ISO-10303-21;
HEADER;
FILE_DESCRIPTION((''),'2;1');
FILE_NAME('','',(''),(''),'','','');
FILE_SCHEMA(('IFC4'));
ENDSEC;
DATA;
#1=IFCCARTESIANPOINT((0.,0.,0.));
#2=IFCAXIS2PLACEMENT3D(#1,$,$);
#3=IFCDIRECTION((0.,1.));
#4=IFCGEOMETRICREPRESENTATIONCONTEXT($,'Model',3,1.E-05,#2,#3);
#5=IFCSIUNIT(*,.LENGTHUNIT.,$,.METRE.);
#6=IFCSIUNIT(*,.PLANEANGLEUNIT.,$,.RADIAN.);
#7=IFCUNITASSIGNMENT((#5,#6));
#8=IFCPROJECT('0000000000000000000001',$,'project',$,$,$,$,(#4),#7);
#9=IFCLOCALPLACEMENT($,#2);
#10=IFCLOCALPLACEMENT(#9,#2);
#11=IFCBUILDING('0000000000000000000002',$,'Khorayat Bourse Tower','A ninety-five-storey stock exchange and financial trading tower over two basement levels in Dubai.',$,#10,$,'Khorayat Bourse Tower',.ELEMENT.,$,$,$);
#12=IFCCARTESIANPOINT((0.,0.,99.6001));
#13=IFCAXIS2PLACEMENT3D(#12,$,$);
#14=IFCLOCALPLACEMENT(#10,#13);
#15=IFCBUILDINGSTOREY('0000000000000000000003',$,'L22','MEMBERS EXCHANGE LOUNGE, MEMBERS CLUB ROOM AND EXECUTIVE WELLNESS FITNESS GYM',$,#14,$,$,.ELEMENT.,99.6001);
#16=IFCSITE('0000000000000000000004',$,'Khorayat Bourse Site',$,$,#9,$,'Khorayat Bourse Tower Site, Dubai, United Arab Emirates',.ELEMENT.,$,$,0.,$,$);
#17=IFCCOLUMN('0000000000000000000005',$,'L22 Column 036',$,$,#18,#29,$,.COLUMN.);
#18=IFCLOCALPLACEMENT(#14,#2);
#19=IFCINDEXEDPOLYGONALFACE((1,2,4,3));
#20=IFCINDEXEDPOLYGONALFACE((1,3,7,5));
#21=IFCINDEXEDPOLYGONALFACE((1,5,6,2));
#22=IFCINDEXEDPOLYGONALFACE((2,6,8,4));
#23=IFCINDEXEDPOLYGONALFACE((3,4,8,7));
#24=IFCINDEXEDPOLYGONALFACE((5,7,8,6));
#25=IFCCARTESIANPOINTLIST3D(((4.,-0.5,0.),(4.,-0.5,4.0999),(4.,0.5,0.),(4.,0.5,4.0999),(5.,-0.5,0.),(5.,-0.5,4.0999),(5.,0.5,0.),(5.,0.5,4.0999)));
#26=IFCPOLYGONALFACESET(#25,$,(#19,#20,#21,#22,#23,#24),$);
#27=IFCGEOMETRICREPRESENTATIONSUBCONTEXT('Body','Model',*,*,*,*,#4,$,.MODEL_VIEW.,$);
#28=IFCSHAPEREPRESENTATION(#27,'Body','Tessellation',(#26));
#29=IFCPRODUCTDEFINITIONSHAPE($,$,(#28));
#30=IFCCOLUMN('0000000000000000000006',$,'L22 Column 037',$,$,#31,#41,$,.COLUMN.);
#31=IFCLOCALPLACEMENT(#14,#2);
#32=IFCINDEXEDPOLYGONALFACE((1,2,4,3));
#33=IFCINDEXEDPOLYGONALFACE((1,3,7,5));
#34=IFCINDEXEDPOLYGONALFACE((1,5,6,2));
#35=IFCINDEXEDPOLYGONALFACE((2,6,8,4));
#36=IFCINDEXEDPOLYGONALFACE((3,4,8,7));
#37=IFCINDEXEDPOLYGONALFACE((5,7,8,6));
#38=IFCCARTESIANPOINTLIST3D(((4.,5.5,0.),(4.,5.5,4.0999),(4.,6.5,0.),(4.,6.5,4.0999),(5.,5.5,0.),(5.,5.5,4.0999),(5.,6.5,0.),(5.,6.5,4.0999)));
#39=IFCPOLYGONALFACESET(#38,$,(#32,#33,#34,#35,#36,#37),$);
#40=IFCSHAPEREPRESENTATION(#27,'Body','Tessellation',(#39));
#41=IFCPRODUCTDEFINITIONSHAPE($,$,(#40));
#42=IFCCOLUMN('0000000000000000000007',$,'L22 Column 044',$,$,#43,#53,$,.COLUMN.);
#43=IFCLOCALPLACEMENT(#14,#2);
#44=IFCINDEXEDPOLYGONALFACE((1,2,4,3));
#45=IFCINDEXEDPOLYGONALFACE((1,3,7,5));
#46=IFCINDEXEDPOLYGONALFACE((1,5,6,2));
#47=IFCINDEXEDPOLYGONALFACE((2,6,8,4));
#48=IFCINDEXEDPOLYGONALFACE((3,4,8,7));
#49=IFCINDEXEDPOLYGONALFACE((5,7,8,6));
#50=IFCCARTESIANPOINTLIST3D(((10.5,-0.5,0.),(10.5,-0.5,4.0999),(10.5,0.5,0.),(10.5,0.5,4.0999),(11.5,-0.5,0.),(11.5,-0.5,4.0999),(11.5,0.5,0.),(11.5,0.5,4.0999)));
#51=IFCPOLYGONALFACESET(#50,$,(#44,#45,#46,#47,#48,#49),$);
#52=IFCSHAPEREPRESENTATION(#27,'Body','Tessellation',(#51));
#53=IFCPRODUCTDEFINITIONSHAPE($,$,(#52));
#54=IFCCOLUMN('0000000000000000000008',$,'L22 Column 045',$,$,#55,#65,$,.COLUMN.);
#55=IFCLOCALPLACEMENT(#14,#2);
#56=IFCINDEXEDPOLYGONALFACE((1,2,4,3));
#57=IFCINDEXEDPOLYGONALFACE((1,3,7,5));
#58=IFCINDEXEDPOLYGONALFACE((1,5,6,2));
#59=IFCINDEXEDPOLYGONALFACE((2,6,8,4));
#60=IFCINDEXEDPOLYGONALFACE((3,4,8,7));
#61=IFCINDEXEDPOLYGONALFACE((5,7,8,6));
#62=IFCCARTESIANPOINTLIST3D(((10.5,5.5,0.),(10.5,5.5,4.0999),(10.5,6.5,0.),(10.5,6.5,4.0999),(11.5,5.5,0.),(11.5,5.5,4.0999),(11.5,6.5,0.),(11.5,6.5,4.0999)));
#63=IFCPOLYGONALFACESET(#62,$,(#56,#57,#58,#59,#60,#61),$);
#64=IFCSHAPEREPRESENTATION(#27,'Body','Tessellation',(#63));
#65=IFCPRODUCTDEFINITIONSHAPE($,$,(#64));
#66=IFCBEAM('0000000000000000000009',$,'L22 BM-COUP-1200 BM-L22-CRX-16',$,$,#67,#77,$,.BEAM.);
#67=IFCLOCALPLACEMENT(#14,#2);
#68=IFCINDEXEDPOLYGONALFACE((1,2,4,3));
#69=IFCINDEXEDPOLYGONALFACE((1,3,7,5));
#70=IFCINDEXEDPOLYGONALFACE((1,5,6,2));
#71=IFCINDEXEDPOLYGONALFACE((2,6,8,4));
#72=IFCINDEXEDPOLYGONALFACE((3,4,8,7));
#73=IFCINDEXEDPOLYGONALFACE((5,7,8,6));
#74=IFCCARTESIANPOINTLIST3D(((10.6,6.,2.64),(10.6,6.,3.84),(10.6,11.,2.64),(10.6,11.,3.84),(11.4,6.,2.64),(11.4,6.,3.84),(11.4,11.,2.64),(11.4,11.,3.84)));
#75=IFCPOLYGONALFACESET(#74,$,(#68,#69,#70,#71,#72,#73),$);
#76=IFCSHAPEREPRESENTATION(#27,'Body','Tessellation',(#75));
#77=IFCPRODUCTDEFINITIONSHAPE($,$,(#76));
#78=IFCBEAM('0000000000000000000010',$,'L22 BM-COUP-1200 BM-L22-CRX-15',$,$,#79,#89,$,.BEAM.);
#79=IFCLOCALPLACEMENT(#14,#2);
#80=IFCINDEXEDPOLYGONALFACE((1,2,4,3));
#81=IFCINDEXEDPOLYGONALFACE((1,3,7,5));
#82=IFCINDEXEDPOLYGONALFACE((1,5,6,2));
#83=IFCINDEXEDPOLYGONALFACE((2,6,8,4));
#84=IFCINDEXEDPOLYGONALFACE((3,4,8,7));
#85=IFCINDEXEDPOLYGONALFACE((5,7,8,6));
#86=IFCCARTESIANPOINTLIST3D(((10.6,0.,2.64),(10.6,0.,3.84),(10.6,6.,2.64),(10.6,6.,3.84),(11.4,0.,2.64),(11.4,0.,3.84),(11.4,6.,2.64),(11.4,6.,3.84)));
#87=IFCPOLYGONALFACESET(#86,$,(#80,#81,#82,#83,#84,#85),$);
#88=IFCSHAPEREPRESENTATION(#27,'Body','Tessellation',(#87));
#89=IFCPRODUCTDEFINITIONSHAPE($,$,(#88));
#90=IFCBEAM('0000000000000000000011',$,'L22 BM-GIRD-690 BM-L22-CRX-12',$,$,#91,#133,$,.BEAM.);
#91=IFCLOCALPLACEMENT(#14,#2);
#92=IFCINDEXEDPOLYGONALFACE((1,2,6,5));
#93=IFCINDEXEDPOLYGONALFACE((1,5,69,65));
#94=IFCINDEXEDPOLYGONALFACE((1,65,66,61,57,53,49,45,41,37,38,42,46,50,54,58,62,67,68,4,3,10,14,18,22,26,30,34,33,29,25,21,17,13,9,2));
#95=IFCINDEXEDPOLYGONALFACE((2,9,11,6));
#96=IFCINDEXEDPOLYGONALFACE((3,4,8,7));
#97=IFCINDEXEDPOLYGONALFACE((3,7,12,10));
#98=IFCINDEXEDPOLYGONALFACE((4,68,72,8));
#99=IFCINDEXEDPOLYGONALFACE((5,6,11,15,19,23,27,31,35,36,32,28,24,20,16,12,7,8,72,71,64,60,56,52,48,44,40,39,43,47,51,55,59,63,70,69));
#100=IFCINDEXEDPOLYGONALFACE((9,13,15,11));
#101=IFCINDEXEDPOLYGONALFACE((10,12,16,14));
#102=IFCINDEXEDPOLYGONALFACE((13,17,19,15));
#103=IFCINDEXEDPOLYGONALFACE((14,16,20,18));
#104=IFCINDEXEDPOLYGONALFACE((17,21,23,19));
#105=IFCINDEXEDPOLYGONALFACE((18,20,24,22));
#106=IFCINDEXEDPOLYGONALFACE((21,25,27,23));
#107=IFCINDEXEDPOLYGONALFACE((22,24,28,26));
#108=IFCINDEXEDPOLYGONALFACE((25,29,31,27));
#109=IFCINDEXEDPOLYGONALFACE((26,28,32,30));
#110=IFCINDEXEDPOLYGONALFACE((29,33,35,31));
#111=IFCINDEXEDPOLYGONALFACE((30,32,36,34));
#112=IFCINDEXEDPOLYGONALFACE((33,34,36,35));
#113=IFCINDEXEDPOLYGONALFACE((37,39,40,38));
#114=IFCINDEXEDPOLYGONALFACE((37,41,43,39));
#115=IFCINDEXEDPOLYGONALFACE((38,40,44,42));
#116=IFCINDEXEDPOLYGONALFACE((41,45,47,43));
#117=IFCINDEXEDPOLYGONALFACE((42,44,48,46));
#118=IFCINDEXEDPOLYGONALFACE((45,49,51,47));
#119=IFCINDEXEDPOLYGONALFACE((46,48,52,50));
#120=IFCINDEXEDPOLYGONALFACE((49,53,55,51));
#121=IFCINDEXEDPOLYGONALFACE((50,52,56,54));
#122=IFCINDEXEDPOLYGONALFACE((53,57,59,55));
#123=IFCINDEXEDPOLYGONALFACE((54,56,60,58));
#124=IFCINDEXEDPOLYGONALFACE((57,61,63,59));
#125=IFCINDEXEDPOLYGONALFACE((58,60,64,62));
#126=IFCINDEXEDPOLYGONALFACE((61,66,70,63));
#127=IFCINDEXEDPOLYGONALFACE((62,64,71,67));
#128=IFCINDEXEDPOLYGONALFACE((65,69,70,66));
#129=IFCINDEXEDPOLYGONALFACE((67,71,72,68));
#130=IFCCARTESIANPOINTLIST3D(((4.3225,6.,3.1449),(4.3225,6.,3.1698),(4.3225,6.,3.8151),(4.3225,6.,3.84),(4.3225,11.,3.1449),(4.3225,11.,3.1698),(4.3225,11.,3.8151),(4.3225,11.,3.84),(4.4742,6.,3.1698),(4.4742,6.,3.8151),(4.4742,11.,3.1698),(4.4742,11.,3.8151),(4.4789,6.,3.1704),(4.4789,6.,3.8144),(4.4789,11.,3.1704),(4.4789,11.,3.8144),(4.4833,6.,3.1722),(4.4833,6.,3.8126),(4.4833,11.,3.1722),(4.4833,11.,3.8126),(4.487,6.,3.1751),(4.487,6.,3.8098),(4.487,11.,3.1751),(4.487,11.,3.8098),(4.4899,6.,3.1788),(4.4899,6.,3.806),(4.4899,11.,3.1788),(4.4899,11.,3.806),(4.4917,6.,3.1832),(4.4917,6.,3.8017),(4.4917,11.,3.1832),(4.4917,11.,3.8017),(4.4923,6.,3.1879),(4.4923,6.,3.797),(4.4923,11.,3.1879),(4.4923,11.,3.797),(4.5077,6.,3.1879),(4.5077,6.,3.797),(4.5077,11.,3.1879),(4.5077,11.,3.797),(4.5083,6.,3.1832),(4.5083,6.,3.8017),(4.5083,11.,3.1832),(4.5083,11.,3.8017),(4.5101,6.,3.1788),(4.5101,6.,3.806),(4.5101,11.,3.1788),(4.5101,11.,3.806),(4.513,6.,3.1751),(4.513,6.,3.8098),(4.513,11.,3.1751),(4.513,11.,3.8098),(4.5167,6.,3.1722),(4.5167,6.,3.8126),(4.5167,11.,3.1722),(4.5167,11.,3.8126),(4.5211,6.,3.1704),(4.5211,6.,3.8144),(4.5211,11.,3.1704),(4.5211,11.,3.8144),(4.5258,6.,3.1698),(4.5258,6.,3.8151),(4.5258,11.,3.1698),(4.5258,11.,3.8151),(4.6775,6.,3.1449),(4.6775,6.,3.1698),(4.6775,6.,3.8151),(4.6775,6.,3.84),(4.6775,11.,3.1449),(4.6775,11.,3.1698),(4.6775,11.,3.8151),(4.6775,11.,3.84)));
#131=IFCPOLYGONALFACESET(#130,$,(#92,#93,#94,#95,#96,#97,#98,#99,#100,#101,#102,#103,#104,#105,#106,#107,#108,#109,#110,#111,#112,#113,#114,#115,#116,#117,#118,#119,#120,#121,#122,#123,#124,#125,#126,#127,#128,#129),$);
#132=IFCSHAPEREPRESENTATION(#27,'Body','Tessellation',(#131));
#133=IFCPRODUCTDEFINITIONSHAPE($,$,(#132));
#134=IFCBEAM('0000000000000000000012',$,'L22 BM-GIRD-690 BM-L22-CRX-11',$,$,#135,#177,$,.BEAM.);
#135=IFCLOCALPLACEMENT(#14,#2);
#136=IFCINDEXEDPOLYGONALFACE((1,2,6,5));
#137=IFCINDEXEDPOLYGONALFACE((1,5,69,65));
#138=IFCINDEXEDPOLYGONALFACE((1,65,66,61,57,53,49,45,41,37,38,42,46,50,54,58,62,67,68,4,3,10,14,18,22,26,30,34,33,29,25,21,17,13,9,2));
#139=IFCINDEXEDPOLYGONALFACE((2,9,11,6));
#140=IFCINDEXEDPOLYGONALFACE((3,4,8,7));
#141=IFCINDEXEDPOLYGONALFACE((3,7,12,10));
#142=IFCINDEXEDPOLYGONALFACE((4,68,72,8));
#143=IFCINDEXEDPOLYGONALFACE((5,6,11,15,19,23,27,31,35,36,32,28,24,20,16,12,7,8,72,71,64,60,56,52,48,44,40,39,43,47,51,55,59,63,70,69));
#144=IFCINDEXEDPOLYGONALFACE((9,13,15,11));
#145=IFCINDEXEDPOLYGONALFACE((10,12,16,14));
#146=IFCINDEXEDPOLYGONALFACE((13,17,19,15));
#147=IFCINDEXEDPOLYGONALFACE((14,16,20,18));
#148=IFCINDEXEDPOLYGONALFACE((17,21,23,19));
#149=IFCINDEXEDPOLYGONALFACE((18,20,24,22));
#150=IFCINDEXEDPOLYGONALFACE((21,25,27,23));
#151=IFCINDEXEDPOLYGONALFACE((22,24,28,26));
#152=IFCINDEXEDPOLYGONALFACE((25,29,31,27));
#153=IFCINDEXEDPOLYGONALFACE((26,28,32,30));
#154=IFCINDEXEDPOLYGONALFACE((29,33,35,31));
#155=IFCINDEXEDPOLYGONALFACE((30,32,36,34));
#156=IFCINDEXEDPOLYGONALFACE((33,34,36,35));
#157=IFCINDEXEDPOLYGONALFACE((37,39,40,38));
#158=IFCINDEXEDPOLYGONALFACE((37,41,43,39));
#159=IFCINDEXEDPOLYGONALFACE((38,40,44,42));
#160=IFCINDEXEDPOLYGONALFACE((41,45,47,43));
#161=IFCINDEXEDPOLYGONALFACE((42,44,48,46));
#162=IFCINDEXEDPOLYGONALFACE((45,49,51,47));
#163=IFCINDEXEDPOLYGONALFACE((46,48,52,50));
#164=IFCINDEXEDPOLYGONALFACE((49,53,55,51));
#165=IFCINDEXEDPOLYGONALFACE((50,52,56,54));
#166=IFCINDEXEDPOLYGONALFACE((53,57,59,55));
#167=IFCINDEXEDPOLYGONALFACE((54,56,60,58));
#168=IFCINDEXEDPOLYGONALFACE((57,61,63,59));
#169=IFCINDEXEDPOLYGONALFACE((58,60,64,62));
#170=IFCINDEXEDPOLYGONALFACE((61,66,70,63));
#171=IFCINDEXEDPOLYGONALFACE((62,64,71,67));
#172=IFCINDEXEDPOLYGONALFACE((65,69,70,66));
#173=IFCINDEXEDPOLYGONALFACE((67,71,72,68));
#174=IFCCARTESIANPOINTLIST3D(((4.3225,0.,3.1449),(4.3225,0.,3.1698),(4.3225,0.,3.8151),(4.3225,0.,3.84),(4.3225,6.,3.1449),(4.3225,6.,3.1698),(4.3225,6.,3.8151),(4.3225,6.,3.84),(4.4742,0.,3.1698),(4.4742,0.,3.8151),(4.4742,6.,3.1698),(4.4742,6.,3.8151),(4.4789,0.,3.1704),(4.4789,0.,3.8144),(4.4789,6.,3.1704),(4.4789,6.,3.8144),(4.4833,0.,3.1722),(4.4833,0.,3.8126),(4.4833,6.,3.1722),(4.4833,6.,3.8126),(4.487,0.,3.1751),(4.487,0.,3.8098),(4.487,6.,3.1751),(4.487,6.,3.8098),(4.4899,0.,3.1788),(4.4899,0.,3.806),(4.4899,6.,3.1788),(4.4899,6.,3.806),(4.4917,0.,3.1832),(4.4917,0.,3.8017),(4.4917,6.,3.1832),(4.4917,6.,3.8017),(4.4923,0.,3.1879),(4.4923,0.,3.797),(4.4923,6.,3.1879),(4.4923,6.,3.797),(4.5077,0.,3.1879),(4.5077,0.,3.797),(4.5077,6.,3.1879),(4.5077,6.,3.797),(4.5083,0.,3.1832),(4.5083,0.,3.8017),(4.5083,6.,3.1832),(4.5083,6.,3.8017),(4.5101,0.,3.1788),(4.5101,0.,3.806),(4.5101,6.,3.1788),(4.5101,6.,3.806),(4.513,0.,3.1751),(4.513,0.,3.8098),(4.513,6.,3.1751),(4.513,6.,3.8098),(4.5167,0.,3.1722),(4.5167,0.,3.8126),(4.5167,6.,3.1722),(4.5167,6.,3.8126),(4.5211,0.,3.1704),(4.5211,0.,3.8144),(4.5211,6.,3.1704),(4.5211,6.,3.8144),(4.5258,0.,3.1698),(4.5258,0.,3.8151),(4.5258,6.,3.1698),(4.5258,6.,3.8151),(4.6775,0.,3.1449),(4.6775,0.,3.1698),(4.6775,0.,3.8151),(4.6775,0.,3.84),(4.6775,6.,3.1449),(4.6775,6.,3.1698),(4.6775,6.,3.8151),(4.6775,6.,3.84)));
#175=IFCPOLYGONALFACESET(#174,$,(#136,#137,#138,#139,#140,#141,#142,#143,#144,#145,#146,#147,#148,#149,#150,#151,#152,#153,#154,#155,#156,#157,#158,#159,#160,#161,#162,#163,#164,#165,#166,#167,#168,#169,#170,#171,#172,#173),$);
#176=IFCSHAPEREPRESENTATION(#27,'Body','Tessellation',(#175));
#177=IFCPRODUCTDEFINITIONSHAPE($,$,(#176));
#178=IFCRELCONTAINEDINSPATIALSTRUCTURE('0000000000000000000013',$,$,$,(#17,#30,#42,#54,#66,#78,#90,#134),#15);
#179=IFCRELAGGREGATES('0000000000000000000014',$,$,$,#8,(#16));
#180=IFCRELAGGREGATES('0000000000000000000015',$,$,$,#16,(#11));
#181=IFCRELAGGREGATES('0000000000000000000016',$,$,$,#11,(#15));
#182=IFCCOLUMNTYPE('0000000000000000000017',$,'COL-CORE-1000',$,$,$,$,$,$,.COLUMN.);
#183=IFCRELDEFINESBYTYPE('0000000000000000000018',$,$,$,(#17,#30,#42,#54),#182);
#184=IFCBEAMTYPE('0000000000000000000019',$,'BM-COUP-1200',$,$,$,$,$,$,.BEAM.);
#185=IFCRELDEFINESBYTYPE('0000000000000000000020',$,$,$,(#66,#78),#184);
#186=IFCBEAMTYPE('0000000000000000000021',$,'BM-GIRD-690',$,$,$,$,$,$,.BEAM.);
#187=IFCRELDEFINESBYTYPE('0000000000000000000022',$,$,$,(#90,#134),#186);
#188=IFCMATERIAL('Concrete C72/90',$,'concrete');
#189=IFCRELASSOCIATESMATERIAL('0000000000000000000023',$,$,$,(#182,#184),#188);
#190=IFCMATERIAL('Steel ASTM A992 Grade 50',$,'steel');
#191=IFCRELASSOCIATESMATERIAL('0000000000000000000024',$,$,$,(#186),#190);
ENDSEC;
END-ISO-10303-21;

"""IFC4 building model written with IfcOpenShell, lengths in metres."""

from ifc_helpers import new_model, si_unit, direction, frame, origin, origin_2d, place, context, subcontext, project, spatial, rectangle, i_section, extrude, source, transform, mapped, material, material_profile, profile_set, type_object, element, save


model = new_model("IFC4")

# Units and contexts
model_context = context("Model", 3, precision=1e-05, world=origin(), true_north=direction((0.0, 1.0)))
body_context = subcontext(model_context, "Body", "Model", "MODEL_VIEW")
ifc_project = project(units=[si_unit("LENGTHUNIT", "METRE"), si_unit("PLANEANGLEUNIT", "RADIAN")], contexts=[model_context])

# Site, building, storey
site_placement = place(None, origin())
site = spatial("IfcSite", under=ifc_project, at=site_placement, Name="Khorayat Bourse Site", LongName="Khorayat Bourse Tower Site, Dubai, United Arab Emirates", CompositionType="ELEMENT", RefElevation=0.0)
building_placement = place(site_placement, origin())
building = spatial("IfcBuilding", under=site, at=building_placement, Name="Khorayat Bourse Tower", Description="A ninety-five-storey stock exchange and financial trading tower over two basement levels in Dubai.", LongName="Khorayat Bourse Tower", CompositionType="ELEMENT")
storey_placement = place(building_placement, frame((0.0, 0.0, 99.6001)))
storey = spatial("IfcBuildingStorey", under=building, at=storey_placement, Name="L22", Description="MEMBERS EXCHANGE LOUNGE, MEMBERS CLUB ROOM AND EXECUTIVE WELLNESS FITNESS GYM", CompositionType="ELEMENT", Elevation=99.6001)

# Columns
ifc_material_1 = material(Name="Concrete C72/90", Category="concrete")
ifc_material_profile_1 = material_profile(ifc_material_1, rectangle(XDim=1.0, YDim=1.0, at=origin_2d()), Name="RC 1000x1000")
ifc_profile_set_1 = profile_set([ifc_material_profile_1], Name="Concrete C72/90")
column_type = type_object("IfcColumnType", Name="COL-CORE-1000", PredefinedType="COLUMN", material=ifc_profile_set_1)
shared_shape_1 = source(origin(), body_context, "Body", "SweptSolid", [
    extrude(rectangle(XDim=1.0, YDim=1.0, at=origin_2d()), origin(), (0.0, 0.0, 1.0), 4.0999),
])
for number, where, z_axis, x_axis, name in (
    (1, (4.5, 0.0, 0.0), (0.0, 0.0, 1.0), (1.0, 0.0, 0.0), "L22 Column 036"),
    (2, (4.5, 6.0, 0.0), (0.0, 0.0, 1.0), (1.0, 0.0, 0.0), "L22 Column 037"),
    (3, (11.0, 0.0, 0.0), (0.0, 0.0, 1.0), (1.0, 0.0, 0.0), "L22 Column 044"),
    (4, (11.0, 6.0, 0.0), (0.0, 0.0, 1.0), (1.0, 0.0, 0.0), "L22 Column 045"),
):
    element("IfcColumn", number, at=place(storey_placement, frame(where, z_axis=z_axis, x_axis=x_axis)), inside=storey, type_object=column_type, Name=name, PredefinedType="COLUMN", context=body_context, shape_type="MappedRepresentation", body=[
        mapped(shared_shape_1, transform((0.0, 0.0, 0.0), scale=1.0)),
    ])

# Beams
ifc_material_profile_2 = material_profile(ifc_material_1, rectangle(XDim=0.8, YDim=1.2, at=origin_2d()), Name="RC 800x1200")
ifc_profile_set_2 = profile_set([ifc_material_profile_2], Name="Concrete C72/90")
beam_type_1 = type_object("IfcBeamType", Name="BM-COUP-1200", PredefinedType="BEAM", material=ifc_profile_set_2)
shared_shape_2 = source(origin(), body_context, "Body", "SweptSolid", [
    extrude(rectangle(XDim=0.8, YDim=1.2, at=origin_2d()), origin(), (0.0, 0.0, 1.0), 5.0),
])
beam_1_placement = place(storey_placement, frame((11.0, 6.0, 3.24), z_axis=(0.0, 1.0, 0.0), x_axis=(-1.0, 0.0, 0.0)))
element("IfcBeam", 5, at=beam_1_placement, inside=storey, type_object=beam_type_1, Name="L22 BM-COUP-1200 BM-L22-CRX-16", PredefinedType="BEAM", context=body_context, shape_type="MappedRepresentation", body=[
    mapped(shared_shape_2, transform((0.0, 0.0, 0.0), scale=1.0)),
])
shared_shape_3 = source(origin(), body_context, "Body", "SweptSolid", [
    extrude(rectangle(XDim=0.8, YDim=1.2, at=origin_2d()), origin(), (0.0, 0.0, 1.0), 6.0),
])
beam_2_placement = place(storey_placement, frame((11.0, 0.0, 3.24), z_axis=(0.0, 1.0, 0.0), x_axis=(-1.0, 0.0, 0.0)))
element("IfcBeam", 6, at=beam_2_placement, inside=storey, type_object=beam_type_1, Name="L22 BM-COUP-1200 BM-L22-CRX-15", PredefinedType="BEAM", context=body_context, shape_type="MappedRepresentation", body=[
    mapped(shared_shape_3, transform((0.0, 0.0, 0.0), scale=1.0)),
])
ifc_material_2 = material(Name="Steel ASTM A992 Grade 50", Category="steel")
ifc_material_profile_3 = material_profile(ifc_material_2, i_section(OverallWidth=0.355, OverallDepth=0.6951, WebThickness=0.0154, FlangeThickness=0.0249, FilletRadius=0.0181, at=origin_2d()), Name="W690X217")
ifc_profile_set_3 = profile_set([ifc_material_profile_3], Name="Steel ASTM A992 Grade 50")
beam_type_2 = type_object("IfcBeamType", Name="BM-GIRD-690", PredefinedType="BEAM", material=ifc_profile_set_3)
shared_shape_4 = source(origin(), body_context, "Body", "SweptSolid", [
    extrude(i_section(OverallWidth=0.355, OverallDepth=0.6951, WebThickness=0.0154, FlangeThickness=0.0249, FilletRadius=0.0181, at=origin_2d()), origin(), (0.0, 0.0, 1.0), 5.0),
])
beam_3_placement = place(storey_placement, frame((4.5, 6.0, 3.4924), z_axis=(0.0, 1.0, 0.0), x_axis=(-1.0, 0.0, 0.0)))
element("IfcBeam", 7, at=beam_3_placement, inside=storey, type_object=beam_type_2, Name="L22 BM-GIRD-690 BM-L22-CRX-12", PredefinedType="BEAM", context=body_context, shape_type="MappedRepresentation", body=[
    mapped(shared_shape_4, transform((0.0, 0.0, 0.0), scale=1.0)),
])
shared_shape_5 = source(origin(), body_context, "Body", "SweptSolid", [
    extrude(i_section(OverallWidth=0.355, OverallDepth=0.6951, WebThickness=0.0154, FlangeThickness=0.0249, FilletRadius=0.0181, at=origin_2d()), origin(), (0.0, 0.0, 1.0), 6.0),
])
beam_4_placement = place(storey_placement, frame((4.5, 0.0, 3.4924), z_axis=(0.0, 1.0, 0.0), x_axis=(-1.0, 0.0, 0.0)))
element("IfcBeam", 8, at=beam_4_placement, inside=storey, type_object=beam_type_2, Name="L22 BM-GIRD-690 BM-L22-CRX-11", PredefinedType="BEAM", context=body_context, shape_type="MappedRepresentation", body=[
    mapped(shared_shape_5, transform((0.0, 0.0, 0.0), scale=1.0)),
])

save(model, "model.ifc")
